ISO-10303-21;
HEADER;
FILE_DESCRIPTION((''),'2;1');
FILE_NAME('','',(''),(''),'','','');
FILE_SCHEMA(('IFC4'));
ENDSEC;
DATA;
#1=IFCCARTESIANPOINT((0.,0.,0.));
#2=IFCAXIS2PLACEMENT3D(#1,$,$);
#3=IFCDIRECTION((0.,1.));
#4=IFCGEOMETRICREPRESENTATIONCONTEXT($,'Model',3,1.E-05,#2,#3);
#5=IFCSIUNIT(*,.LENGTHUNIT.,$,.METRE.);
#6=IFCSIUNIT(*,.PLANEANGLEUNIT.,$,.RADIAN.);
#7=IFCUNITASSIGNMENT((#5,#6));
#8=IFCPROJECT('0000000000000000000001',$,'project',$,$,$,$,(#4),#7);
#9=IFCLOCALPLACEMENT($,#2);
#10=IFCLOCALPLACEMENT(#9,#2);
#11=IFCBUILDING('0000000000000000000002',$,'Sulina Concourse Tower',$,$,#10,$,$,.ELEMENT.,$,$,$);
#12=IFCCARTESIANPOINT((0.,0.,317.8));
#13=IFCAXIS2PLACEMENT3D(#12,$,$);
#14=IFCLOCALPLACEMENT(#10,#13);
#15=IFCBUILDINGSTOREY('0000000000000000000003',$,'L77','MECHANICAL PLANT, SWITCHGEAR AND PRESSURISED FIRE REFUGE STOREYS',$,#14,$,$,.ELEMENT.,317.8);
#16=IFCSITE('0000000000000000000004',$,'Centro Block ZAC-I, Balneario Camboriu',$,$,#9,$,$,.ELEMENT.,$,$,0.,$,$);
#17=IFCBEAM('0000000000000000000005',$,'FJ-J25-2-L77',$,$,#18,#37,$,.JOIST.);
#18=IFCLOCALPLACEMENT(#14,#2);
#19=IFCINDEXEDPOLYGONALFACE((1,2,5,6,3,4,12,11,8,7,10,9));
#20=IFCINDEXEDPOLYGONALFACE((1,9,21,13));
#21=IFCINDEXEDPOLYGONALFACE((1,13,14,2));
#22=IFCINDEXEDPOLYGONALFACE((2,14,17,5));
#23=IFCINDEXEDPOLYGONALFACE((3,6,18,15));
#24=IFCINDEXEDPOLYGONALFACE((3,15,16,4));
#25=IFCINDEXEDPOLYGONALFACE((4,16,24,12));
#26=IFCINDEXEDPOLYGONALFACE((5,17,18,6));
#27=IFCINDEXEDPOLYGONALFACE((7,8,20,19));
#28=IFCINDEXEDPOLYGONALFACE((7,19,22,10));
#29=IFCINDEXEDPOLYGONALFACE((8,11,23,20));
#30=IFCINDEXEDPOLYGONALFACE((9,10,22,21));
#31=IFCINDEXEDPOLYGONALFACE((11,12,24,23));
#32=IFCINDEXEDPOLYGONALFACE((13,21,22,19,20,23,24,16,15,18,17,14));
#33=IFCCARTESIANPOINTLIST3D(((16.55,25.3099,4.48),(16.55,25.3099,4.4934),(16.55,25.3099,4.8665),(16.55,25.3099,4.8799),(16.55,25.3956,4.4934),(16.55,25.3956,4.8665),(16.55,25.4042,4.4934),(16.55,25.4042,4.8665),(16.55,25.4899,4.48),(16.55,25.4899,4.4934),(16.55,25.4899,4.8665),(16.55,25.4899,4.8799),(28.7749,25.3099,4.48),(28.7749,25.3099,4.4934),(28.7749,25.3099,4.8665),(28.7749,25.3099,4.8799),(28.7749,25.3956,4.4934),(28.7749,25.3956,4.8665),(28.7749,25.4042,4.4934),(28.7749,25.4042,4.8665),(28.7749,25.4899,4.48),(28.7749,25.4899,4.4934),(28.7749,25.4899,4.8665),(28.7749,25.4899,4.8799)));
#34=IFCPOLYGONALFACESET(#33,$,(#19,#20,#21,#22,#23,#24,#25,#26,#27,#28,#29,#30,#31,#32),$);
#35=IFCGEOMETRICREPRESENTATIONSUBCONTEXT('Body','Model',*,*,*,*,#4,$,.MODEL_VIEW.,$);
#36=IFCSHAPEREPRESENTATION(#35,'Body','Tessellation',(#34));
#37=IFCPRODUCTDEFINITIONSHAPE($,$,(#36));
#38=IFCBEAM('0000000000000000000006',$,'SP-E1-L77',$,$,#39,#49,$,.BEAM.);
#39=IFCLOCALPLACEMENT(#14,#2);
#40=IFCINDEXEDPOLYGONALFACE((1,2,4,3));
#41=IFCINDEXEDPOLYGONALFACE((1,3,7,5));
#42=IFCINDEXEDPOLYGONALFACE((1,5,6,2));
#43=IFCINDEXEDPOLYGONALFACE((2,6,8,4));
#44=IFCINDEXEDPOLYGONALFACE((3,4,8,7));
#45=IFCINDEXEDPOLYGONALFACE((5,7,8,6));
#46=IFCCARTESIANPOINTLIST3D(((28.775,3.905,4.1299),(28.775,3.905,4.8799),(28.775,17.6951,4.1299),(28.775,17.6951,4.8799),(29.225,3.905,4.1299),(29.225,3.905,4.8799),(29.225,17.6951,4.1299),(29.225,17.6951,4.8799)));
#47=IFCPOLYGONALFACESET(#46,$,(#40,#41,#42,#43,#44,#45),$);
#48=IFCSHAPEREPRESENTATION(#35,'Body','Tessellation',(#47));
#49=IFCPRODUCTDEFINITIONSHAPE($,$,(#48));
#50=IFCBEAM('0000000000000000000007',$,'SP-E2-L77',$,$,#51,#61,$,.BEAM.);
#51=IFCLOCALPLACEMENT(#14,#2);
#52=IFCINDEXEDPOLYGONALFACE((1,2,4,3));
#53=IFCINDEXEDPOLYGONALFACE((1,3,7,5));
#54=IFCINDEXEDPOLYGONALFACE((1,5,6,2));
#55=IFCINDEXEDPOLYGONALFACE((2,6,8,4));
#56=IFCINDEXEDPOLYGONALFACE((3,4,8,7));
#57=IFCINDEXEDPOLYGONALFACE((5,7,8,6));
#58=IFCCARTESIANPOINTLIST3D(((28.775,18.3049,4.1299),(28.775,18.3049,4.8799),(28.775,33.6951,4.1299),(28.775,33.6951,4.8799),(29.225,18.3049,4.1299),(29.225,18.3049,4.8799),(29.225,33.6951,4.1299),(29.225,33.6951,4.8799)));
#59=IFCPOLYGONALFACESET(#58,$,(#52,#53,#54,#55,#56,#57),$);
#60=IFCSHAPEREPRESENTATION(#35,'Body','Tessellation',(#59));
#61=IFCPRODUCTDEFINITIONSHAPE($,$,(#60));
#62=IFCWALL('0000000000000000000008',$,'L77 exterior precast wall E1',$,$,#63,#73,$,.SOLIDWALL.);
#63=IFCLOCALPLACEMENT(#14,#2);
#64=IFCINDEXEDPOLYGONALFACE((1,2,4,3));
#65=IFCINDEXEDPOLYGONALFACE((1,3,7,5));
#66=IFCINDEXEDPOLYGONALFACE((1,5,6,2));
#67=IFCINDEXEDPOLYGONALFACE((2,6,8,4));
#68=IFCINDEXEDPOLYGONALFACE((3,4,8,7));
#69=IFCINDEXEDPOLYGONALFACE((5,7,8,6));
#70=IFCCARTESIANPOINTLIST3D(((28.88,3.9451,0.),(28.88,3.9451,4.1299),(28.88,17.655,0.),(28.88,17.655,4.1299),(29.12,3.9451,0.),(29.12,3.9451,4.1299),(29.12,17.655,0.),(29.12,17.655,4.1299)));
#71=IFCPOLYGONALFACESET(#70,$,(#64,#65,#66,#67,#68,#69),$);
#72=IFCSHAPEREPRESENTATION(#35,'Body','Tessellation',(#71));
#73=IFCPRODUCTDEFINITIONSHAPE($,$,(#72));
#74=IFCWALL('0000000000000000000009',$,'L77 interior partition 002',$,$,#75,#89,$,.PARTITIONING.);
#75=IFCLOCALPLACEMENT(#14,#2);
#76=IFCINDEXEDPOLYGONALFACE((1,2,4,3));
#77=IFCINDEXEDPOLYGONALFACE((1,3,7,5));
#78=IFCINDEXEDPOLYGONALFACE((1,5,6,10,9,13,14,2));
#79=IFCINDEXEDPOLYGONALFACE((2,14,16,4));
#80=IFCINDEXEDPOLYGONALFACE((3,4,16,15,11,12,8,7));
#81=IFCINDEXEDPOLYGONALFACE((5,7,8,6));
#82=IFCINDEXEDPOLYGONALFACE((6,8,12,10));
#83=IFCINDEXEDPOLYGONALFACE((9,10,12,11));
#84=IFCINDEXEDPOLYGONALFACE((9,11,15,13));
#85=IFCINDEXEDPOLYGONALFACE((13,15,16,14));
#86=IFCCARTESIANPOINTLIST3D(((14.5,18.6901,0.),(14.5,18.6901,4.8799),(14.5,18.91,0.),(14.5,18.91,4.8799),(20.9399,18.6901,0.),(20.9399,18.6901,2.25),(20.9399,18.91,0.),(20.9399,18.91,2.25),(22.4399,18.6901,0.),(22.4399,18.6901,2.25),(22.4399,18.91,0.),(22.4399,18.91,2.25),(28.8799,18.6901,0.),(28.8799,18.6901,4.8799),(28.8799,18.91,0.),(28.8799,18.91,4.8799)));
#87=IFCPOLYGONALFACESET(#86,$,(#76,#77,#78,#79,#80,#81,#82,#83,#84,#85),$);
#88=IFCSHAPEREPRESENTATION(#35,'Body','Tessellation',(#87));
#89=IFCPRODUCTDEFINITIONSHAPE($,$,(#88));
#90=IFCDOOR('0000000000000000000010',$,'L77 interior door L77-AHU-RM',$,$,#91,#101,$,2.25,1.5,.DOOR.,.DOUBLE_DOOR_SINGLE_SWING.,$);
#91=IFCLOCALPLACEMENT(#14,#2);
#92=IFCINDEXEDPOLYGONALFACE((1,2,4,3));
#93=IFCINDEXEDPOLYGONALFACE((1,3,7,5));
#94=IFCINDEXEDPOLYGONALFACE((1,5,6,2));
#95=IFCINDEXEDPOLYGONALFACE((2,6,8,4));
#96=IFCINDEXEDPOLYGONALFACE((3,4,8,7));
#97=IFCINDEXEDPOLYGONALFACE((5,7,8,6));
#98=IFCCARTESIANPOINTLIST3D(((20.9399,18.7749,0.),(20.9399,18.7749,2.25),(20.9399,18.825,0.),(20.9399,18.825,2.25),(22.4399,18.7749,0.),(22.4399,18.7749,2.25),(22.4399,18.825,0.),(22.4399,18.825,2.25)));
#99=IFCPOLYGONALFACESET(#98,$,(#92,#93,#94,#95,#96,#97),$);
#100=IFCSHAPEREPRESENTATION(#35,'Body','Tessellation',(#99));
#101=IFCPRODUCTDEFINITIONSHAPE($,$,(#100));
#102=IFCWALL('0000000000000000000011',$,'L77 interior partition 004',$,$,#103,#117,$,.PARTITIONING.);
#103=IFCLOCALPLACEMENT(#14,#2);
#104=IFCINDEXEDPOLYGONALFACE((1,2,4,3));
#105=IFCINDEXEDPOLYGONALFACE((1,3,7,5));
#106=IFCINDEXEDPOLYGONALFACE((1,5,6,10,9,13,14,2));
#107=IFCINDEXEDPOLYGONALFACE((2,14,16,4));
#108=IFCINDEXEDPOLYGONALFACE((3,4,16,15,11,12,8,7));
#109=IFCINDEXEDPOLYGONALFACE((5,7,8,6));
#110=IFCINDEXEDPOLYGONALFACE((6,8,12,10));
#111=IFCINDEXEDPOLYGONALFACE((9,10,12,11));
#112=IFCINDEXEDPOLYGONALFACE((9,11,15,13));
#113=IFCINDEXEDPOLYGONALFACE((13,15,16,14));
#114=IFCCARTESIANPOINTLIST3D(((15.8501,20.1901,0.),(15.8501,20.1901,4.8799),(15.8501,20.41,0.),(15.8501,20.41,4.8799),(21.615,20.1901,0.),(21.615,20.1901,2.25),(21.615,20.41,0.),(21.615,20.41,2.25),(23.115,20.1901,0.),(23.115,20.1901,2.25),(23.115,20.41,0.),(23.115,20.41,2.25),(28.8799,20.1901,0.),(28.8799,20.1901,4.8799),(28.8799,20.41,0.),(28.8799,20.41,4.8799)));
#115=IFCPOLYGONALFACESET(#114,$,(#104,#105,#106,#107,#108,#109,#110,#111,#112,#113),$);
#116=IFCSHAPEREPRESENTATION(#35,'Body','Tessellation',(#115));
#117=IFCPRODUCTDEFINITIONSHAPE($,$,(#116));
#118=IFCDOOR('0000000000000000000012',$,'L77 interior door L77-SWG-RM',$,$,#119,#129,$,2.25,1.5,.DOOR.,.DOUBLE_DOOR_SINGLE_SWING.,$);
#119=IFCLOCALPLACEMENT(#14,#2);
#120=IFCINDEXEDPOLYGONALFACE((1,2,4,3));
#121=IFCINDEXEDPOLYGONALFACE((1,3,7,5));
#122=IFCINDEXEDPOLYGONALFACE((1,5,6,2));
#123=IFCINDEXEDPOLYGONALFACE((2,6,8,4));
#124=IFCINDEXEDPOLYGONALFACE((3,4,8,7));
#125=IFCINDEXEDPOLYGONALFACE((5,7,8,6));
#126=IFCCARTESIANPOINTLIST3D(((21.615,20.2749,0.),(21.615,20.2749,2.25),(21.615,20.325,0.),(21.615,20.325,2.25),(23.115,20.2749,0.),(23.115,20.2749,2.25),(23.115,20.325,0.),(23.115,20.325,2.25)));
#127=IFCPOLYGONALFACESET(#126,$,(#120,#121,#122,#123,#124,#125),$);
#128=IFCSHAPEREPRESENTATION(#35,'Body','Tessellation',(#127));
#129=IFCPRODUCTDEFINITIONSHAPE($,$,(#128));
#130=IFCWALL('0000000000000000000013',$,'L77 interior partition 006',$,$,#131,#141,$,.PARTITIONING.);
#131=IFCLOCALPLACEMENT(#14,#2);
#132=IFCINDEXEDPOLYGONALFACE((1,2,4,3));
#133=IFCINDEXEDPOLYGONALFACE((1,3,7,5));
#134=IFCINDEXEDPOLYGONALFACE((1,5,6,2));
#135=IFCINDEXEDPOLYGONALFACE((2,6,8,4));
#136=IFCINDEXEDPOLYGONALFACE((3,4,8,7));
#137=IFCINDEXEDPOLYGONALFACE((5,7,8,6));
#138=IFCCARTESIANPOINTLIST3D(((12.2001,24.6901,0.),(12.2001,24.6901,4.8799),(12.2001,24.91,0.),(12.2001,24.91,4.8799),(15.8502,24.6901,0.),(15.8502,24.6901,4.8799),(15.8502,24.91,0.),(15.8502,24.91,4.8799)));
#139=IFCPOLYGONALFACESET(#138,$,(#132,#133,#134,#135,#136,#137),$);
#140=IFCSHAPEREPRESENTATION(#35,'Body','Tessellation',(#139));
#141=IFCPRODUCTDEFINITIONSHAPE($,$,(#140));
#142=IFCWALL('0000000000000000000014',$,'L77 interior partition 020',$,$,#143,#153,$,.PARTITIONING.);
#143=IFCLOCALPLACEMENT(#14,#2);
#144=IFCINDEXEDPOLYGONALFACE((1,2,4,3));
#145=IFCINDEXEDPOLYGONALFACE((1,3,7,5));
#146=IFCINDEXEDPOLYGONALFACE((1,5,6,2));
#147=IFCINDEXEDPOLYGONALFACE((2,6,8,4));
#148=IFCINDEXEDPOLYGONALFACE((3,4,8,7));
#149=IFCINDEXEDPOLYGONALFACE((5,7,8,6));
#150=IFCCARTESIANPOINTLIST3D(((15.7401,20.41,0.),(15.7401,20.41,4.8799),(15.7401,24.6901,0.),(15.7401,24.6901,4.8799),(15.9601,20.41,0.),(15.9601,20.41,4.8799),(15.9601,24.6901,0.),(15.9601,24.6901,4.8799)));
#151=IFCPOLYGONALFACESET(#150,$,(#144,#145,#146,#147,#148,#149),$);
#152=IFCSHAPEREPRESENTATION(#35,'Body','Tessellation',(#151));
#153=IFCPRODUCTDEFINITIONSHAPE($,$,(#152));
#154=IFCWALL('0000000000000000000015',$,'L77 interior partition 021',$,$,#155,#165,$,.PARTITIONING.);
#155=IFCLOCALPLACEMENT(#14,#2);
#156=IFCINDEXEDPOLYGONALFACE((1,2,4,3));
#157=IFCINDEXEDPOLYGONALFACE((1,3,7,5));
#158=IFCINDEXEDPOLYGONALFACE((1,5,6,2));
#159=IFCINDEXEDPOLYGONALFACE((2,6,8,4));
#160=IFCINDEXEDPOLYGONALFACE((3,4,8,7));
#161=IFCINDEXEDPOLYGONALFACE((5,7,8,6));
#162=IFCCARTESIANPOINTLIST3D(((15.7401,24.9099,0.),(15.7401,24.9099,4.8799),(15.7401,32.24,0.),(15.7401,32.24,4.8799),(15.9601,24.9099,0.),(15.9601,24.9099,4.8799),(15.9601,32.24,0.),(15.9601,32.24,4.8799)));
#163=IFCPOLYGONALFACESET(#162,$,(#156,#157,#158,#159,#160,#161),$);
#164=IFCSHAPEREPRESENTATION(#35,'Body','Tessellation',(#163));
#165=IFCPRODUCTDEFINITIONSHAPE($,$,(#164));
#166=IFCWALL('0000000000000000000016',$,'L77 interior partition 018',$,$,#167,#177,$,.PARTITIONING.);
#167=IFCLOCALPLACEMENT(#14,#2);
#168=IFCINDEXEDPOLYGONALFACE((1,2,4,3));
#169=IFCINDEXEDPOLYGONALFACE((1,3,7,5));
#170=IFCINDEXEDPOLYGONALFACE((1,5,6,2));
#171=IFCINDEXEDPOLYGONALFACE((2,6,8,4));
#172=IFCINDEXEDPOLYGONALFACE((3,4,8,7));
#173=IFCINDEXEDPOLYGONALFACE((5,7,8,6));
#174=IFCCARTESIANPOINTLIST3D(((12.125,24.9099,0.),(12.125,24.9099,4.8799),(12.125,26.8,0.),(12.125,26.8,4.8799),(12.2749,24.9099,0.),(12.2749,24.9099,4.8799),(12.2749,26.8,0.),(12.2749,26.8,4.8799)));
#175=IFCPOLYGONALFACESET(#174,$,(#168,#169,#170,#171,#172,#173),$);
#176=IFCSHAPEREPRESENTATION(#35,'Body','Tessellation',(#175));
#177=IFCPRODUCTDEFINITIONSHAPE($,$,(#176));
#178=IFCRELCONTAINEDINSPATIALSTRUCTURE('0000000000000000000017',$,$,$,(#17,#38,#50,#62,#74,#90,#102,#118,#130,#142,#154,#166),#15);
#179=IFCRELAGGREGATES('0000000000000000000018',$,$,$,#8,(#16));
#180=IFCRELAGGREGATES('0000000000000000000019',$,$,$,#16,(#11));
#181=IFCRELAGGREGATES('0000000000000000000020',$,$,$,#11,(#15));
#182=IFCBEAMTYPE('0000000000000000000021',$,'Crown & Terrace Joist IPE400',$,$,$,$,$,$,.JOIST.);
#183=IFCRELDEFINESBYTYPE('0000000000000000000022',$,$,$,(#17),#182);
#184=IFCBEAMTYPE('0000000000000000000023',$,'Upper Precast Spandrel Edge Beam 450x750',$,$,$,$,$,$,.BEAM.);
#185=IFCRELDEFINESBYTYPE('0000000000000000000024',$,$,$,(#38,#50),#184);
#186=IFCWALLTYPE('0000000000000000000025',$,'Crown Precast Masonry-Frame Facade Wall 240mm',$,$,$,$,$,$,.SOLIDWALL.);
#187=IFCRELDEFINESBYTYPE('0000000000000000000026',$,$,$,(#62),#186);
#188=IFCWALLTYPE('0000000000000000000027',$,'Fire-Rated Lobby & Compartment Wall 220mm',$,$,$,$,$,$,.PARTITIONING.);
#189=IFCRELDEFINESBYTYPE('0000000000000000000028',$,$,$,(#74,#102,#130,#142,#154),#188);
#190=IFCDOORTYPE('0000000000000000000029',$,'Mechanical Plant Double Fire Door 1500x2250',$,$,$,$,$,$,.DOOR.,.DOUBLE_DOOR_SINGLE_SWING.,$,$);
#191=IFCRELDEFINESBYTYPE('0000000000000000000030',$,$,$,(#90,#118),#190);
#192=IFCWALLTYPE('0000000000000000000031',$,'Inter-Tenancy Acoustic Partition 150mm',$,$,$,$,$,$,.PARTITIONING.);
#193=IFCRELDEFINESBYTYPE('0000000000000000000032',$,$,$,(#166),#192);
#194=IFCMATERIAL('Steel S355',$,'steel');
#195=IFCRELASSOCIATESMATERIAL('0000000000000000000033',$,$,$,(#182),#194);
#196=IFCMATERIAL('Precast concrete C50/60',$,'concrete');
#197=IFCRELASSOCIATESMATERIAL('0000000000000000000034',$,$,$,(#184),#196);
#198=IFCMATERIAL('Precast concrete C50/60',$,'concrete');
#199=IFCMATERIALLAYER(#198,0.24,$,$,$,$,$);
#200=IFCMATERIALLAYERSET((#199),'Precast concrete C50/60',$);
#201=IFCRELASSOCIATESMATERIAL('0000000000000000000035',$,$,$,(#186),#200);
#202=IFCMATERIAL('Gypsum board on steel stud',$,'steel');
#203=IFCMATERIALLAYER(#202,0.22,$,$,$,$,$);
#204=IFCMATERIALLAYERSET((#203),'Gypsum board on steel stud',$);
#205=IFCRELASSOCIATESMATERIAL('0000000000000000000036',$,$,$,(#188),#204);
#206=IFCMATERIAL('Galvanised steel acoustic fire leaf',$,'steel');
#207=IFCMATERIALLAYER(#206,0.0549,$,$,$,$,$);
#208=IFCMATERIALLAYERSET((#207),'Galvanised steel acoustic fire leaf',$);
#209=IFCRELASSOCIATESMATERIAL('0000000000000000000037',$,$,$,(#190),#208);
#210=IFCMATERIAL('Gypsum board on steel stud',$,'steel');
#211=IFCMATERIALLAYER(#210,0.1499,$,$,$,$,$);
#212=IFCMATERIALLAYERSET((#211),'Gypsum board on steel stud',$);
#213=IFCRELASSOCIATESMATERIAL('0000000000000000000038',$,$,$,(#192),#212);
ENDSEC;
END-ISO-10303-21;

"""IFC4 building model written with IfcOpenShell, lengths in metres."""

from ifc_helpers import new_model, si_unit, direction, frame, frame_2d, origin, origin_2d, place, context, subcontext, project, spatial, rectangle, i_section, extrude, material, layer, layer_set, material_profile, profile_set, type_object, element, fill, save


model = new_model("IFC4")

# Units and contexts
model_context = context("Model", 3, precision=1e-05, world=origin(), true_north=direction((0.0, 1.0)))
body_context = subcontext(model_context, "Body", "Model", "MODEL_VIEW")
ifc_project = project(units=[si_unit("LENGTHUNIT", "METRE"), si_unit("PLANEANGLEUNIT", "RADIAN")], contexts=[model_context])

# Site, building, storey
site_placement = place(None, origin())
site = spatial("IfcSite", under=ifc_project, at=site_placement, Name="Centro Block ZAC-I, Balneario Camboriu", CompositionType="ELEMENT", RefElevation=0.0)
building_placement = place(site_placement, origin())
building = spatial("IfcBuilding", under=site, at=building_placement, Name="Sulina Concourse Tower", CompositionType="ELEMENT")
storey_placement = place(building_placement, frame((0.0, 0.0, 317.8)))
storey = spatial("IfcBuildingStorey", under=building, at=storey_placement, Name="L77", Description="MECHANICAL PLANT, SWITCHGEAR AND PRESSURISED FIRE REFUGE STOREYS", CompositionType="ELEMENT", Elevation=317.8)

# Beams
ifc_material_1 = material(Name="Steel S355", Category="steel")
ifc_material_profile_1 = material_profile(ifc_material_1, i_section(OverallWidth=0.1799, OverallDepth=0.3999, WebThickness=0.0085, FlangeThickness=0.0134, at=origin_2d()), Name="IPE 400")
ifc_profile_set_1 = profile_set([ifc_material_profile_1], Name="Steel S355")
beam_type_1 = type_object("IfcBeamType", Name="Crown & Terrace Joist IPE400", PredefinedType="JOIST", material=ifc_profile_set_1)
for number, where, z_axis, x_axis, name in (
    (1, (16.55, 25.3999, 4.6799), (1.0, 0.0, 0.0), (0.0, 1.0, 0.0), "FJ-J25-2-L77"),
):
    element("IfcBeam", number, at=place(storey_placement, frame(where, z_axis=z_axis, x_axis=x_axis)), inside=storey, type_object=beam_type_1, Name=name, PredefinedType="JOIST", context=body_context, shape_type="SweptSolid", body=[
        extrude(i_section(OverallWidth=0.1799, OverallDepth=0.3999, WebThickness=0.0085, FlangeThickness=0.0134, at=origin_2d()), origin(), (0.0, 0.0, 1.0), 12.2249),
    ])
ifc_material_2 = material(Name="Precast concrete C50/60", Category="concrete")
ifc_material_profile_2 = material_profile(ifc_material_2, rectangle(XDim=0.45, YDim=0.75, at=origin_2d()), Name="RC 450x750")
ifc_profile_set_2 = profile_set([ifc_material_profile_2], Name="Precast concrete C50/60")
beam_type_2 = type_object("IfcBeamType", Name="Upper Precast Spandrel Edge Beam 450x750", PredefinedType="BEAM", material=ifc_profile_set_2)
beam_1_placement = place(storey_placement, frame((29.0, 3.905, 4.5049), z_axis=(0.0, 1.0, 0.0), x_axis=(-1.0, 0.0, 0.0)))
element("IfcBeam", 2, at=beam_1_placement, inside=storey, type_object=beam_type_2, Name="SP-E1-L77", PredefinedType="BEAM", context=body_context, shape_type="SweptSolid", body=[
    extrude(rectangle(XDim=0.45, YDim=0.75, at=origin_2d()), origin(), (0.0, 0.0, 1.0), 13.79),
])
beam_2_placement = place(storey_placement, frame((29.0, 18.3049, 4.5049), z_axis=(0.0, 1.0, 0.0), x_axis=(-1.0, 0.0, 0.0)))
element("IfcBeam", 3, at=beam_2_placement, inside=storey, type_object=beam_type_2, Name="SP-E2-L77", PredefinedType="BEAM", context=body_context, shape_type="SweptSolid", body=[
    extrude(rectangle(XDim=0.45, YDim=0.75, at=origin_2d()), origin(), (0.0, 0.0, 1.0), 15.3901),
])

# Wall
ifc_material_3 = material(Name="Precast concrete C50/60", Category="concrete")
ifc_layer_1 = layer(ifc_material_3, 0.24)
ifc_layer_set_1 = layer_set([ifc_layer_1], Name="Precast concrete C50/60")
wall_type_1 = type_object("IfcWallType", Name="Crown Precast Masonry-Frame Facade Wall 240mm", PredefinedType="SOLIDWALL", material=ifc_layer_set_1)
wall_1_placement = place(storey_placement, frame((29.0, 17.655, 0.0), z_axis=(0.0, 0.0, 1.0), x_axis=(0.0, -1.0, 0.0)))
element("IfcWall", 4, at=wall_1_placement, inside=storey, type_object=wall_type_1, Name="L77 exterior precast wall E1", PredefinedType="SOLIDWALL", context=body_context, shape_type="SweptSolid", body=[
    extrude(rectangle(XDim=13.71, YDim=0.24, at=frame_2d((6.855, 0.0))), origin(), (0.0, 0.0, 1.0), 4.1299),
])

# Walls, openings, doors
ifc_material_4 = material(Name="Gypsum board on steel stud", Category="steel")
ifc_layer_2 = layer(ifc_material_4, 0.22)
ifc_layer_set_2 = layer_set([ifc_layer_2], Name="Gypsum board on steel stud")
wall_type_2 = type_object("IfcWallType", Name="Fire-Rated Lobby & Compartment Wall 220mm", PredefinedType="PARTITIONING", material=ifc_layer_set_2)
wall_2_placement = place(storey_placement, frame((14.5, 18.8, 0.0), z_axis=(0.0, 0.0, 1.0), x_axis=(1.0, 0.0, 0.0)))
wall_2 = element("IfcWall", 5, at=wall_2_placement, inside=storey, type_object=wall_type_2, Name="L77 interior partition 002", PredefinedType="PARTITIONING", context=body_context, shape_type="SweptSolid", body=[
    extrude(rectangle(XDim=14.3799, YDim=0.22, at=frame_2d((7.1899, 0.0))), origin(), (0.0, 0.0, 1.0), 4.8799),
])
opening_1_placement = place(wall_2_placement, frame((6.4399, 0.0, 0.0)))
opening_1 = element("IfcOpeningElement", 6, at=opening_1_placement, cuts=wall_2, PredefinedType="OPENING", context=body_context, shape_type="SweptSolid", body=[
    extrude(rectangle(XDim=1.5, YDim=2.25, at=frame_2d((0.75, 1.125))), frame((0.0, 0.1199, 0.0), z_axis=(0.0, -1.0, 0.0), x_axis=(1.0, 0.0, 0.0)), (0.0, 0.0, 1.0), 0.24),
])
ifc_material_5 = material(Name="Galvanised steel acoustic fire leaf", Category="steel")
ifc_layer_3 = layer(ifc_material_5, 0.0549)
ifc_layer_set_3 = layer_set([ifc_layer_3], Name="Galvanised steel acoustic fire leaf")
door_type = type_object("IfcDoorType", Name="Mechanical Plant Double Fire Door 1500x2250", OperationType="DOUBLE_DOOR_SINGLE_SWING", PredefinedType="DOOR", material=ifc_layer_set_3)
door_1_placement = place(opening_1_placement, origin())
door_1 = element("IfcDoor", 7, at=door_1_placement, inside=storey, type_object=door_type, Name="L77 interior door L77-AHU-RM", OperationType="DOUBLE_DOOR_SINGLE_SWING", OverallHeight=2.25, OverallWidth=1.5, PredefinedType="DOOR", context=body_context, shape_type="SweptSolid", body=[
    extrude(rectangle(XDim=1.5, YDim=2.25, at=frame_2d((0.75, 1.125))), frame((0.0, 0.0249, 0.0), z_axis=(0.0, -1.0, 0.0), x_axis=(1.0, 0.0, 0.0)), (0.0, 0.0, 1.0), 0.05),
])
fill(opening_1, door_1)
wall_3_placement = place(storey_placement, frame((15.8501, 20.3, 0.0), z_axis=(0.0, 0.0, 1.0), x_axis=(1.0, 0.0, 0.0)))
wall_3 = element("IfcWall", 8, at=wall_3_placement, inside=storey, type_object=wall_type_2, Name="L77 interior partition 004", PredefinedType="PARTITIONING", context=body_context, shape_type="SweptSolid", body=[
    extrude(rectangle(XDim=13.0298, YDim=0.22, at=frame_2d((6.5149, 0.0))), origin(), (0.0, 0.0, 1.0), 4.8799),
])
opening_2_placement = place(wall_3_placement, frame((5.7649, 0.0, 0.0)))
opening_2 = element("IfcOpeningElement", 9, at=opening_2_placement, cuts=wall_3, PredefinedType="OPENING", context=body_context, shape_type="SweptSolid", body=[
    extrude(rectangle(XDim=1.5, YDim=2.25, at=frame_2d((0.75, 1.125))), frame((0.0, 0.1199, 0.0), z_axis=(0.0, -1.0, 0.0), x_axis=(1.0, 0.0, 0.0)), (0.0, 0.0, 1.0), 0.24),
])
door_2_placement = place(opening_2_placement, origin())
door_2 = element("IfcDoor", 10, at=door_2_placement, inside=storey, type_object=door_type, Name="L77 interior door L77-SWG-RM", OperationType="DOUBLE_DOOR_SINGLE_SWING", OverallHeight=2.25, OverallWidth=1.5, PredefinedType="DOOR", context=body_context, shape_type="SweptSolid", body=[
    extrude(rectangle(XDim=1.5, YDim=2.25, at=frame_2d((0.75, 1.125))), frame((0.0, 0.0249, 0.0), z_axis=(0.0, -1.0, 0.0), x_axis=(1.0, 0.0, 0.0)), (0.0, 0.0, 1.0), 0.05),
])
fill(opening_2, door_2)

# Walls
wall_4_placement = place(storey_placement, frame((12.2, 24.8, 0.0), z_axis=(0.0, 0.0, 1.0), x_axis=(1.0, 0.0, 0.0)))
element("IfcWall", 11, at=wall_4_placement, inside=storey, type_object=wall_type_2, Name="L77 interior partition 006", PredefinedType="PARTITIONING", context=body_context, shape_type="SweptSolid", body=[
    extrude(rectangle(XDim=3.6501, YDim=0.22, at=frame_2d((1.8252, 0.0))), origin(), (0.0, 0.0, 1.0), 4.8799),
])
wall_5_placement = place(storey_placement, frame((15.8501, 20.4099, 0.0), z_axis=(0.0, 0.0, 1.0), x_axis=(0.0, 1.0, 0.0)))
element("IfcWall", 12, at=wall_5_placement, inside=storey, type_object=wall_type_2, Name="L77 interior partition 020", PredefinedType="PARTITIONING", context=body_context, shape_type="SweptSolid", body=[
    extrude(rectangle(XDim=4.28, YDim=0.22, at=frame_2d((2.1401, 0.0))), origin(), (0.0, 0.0, 1.0), 4.8799),
])
wall_6_placement = place(storey_placement, frame((15.8501, 24.9099, 0.0), z_axis=(0.0, 0.0, 1.0), x_axis=(0.0, 1.0, 0.0)))
element("IfcWall", 13, at=wall_6_placement, inside=storey, type_object=wall_type_2, Name="L77 interior partition 021", PredefinedType="PARTITIONING", context=body_context, shape_type="SweptSolid", body=[
    extrude(rectangle(XDim=7.3301, YDim=0.22, at=frame_2d((3.665, 0.0))), origin(), (0.0, 0.0, 1.0), 4.8799),
])
ifc_material_6 = material(Name="Gypsum board on steel stud", Category="steel")
ifc_layer_4 = layer(ifc_material_6, 0.1499)
ifc_layer_set_4 = layer_set([ifc_layer_4], Name="Gypsum board on steel stud")
wall_type_3 = type_object("IfcWallType", Name="Inter-Tenancy Acoustic Partition 150mm", PredefinedType="PARTITIONING", material=ifc_layer_set_4)
wall_7_placement = place(storey_placement, frame((12.2, 24.9099, 0.0), z_axis=(0.0, 0.0, 1.0), x_axis=(0.0, 1.0, 0.0)))
element("IfcWall", 14, at=wall_7_placement, inside=storey, type_object=wall_type_3, Name="L77 interior partition 018", PredefinedType="PARTITIONING", context=body_context, shape_type="SweptSolid", body=[
    extrude(rectangle(XDim=1.8901, YDim=0.1499, at=frame_2d((0.9451, 0.0))), origin(), (0.0, 0.0, 1.0), 4.8799),
])

save(model, "model.ifc")
